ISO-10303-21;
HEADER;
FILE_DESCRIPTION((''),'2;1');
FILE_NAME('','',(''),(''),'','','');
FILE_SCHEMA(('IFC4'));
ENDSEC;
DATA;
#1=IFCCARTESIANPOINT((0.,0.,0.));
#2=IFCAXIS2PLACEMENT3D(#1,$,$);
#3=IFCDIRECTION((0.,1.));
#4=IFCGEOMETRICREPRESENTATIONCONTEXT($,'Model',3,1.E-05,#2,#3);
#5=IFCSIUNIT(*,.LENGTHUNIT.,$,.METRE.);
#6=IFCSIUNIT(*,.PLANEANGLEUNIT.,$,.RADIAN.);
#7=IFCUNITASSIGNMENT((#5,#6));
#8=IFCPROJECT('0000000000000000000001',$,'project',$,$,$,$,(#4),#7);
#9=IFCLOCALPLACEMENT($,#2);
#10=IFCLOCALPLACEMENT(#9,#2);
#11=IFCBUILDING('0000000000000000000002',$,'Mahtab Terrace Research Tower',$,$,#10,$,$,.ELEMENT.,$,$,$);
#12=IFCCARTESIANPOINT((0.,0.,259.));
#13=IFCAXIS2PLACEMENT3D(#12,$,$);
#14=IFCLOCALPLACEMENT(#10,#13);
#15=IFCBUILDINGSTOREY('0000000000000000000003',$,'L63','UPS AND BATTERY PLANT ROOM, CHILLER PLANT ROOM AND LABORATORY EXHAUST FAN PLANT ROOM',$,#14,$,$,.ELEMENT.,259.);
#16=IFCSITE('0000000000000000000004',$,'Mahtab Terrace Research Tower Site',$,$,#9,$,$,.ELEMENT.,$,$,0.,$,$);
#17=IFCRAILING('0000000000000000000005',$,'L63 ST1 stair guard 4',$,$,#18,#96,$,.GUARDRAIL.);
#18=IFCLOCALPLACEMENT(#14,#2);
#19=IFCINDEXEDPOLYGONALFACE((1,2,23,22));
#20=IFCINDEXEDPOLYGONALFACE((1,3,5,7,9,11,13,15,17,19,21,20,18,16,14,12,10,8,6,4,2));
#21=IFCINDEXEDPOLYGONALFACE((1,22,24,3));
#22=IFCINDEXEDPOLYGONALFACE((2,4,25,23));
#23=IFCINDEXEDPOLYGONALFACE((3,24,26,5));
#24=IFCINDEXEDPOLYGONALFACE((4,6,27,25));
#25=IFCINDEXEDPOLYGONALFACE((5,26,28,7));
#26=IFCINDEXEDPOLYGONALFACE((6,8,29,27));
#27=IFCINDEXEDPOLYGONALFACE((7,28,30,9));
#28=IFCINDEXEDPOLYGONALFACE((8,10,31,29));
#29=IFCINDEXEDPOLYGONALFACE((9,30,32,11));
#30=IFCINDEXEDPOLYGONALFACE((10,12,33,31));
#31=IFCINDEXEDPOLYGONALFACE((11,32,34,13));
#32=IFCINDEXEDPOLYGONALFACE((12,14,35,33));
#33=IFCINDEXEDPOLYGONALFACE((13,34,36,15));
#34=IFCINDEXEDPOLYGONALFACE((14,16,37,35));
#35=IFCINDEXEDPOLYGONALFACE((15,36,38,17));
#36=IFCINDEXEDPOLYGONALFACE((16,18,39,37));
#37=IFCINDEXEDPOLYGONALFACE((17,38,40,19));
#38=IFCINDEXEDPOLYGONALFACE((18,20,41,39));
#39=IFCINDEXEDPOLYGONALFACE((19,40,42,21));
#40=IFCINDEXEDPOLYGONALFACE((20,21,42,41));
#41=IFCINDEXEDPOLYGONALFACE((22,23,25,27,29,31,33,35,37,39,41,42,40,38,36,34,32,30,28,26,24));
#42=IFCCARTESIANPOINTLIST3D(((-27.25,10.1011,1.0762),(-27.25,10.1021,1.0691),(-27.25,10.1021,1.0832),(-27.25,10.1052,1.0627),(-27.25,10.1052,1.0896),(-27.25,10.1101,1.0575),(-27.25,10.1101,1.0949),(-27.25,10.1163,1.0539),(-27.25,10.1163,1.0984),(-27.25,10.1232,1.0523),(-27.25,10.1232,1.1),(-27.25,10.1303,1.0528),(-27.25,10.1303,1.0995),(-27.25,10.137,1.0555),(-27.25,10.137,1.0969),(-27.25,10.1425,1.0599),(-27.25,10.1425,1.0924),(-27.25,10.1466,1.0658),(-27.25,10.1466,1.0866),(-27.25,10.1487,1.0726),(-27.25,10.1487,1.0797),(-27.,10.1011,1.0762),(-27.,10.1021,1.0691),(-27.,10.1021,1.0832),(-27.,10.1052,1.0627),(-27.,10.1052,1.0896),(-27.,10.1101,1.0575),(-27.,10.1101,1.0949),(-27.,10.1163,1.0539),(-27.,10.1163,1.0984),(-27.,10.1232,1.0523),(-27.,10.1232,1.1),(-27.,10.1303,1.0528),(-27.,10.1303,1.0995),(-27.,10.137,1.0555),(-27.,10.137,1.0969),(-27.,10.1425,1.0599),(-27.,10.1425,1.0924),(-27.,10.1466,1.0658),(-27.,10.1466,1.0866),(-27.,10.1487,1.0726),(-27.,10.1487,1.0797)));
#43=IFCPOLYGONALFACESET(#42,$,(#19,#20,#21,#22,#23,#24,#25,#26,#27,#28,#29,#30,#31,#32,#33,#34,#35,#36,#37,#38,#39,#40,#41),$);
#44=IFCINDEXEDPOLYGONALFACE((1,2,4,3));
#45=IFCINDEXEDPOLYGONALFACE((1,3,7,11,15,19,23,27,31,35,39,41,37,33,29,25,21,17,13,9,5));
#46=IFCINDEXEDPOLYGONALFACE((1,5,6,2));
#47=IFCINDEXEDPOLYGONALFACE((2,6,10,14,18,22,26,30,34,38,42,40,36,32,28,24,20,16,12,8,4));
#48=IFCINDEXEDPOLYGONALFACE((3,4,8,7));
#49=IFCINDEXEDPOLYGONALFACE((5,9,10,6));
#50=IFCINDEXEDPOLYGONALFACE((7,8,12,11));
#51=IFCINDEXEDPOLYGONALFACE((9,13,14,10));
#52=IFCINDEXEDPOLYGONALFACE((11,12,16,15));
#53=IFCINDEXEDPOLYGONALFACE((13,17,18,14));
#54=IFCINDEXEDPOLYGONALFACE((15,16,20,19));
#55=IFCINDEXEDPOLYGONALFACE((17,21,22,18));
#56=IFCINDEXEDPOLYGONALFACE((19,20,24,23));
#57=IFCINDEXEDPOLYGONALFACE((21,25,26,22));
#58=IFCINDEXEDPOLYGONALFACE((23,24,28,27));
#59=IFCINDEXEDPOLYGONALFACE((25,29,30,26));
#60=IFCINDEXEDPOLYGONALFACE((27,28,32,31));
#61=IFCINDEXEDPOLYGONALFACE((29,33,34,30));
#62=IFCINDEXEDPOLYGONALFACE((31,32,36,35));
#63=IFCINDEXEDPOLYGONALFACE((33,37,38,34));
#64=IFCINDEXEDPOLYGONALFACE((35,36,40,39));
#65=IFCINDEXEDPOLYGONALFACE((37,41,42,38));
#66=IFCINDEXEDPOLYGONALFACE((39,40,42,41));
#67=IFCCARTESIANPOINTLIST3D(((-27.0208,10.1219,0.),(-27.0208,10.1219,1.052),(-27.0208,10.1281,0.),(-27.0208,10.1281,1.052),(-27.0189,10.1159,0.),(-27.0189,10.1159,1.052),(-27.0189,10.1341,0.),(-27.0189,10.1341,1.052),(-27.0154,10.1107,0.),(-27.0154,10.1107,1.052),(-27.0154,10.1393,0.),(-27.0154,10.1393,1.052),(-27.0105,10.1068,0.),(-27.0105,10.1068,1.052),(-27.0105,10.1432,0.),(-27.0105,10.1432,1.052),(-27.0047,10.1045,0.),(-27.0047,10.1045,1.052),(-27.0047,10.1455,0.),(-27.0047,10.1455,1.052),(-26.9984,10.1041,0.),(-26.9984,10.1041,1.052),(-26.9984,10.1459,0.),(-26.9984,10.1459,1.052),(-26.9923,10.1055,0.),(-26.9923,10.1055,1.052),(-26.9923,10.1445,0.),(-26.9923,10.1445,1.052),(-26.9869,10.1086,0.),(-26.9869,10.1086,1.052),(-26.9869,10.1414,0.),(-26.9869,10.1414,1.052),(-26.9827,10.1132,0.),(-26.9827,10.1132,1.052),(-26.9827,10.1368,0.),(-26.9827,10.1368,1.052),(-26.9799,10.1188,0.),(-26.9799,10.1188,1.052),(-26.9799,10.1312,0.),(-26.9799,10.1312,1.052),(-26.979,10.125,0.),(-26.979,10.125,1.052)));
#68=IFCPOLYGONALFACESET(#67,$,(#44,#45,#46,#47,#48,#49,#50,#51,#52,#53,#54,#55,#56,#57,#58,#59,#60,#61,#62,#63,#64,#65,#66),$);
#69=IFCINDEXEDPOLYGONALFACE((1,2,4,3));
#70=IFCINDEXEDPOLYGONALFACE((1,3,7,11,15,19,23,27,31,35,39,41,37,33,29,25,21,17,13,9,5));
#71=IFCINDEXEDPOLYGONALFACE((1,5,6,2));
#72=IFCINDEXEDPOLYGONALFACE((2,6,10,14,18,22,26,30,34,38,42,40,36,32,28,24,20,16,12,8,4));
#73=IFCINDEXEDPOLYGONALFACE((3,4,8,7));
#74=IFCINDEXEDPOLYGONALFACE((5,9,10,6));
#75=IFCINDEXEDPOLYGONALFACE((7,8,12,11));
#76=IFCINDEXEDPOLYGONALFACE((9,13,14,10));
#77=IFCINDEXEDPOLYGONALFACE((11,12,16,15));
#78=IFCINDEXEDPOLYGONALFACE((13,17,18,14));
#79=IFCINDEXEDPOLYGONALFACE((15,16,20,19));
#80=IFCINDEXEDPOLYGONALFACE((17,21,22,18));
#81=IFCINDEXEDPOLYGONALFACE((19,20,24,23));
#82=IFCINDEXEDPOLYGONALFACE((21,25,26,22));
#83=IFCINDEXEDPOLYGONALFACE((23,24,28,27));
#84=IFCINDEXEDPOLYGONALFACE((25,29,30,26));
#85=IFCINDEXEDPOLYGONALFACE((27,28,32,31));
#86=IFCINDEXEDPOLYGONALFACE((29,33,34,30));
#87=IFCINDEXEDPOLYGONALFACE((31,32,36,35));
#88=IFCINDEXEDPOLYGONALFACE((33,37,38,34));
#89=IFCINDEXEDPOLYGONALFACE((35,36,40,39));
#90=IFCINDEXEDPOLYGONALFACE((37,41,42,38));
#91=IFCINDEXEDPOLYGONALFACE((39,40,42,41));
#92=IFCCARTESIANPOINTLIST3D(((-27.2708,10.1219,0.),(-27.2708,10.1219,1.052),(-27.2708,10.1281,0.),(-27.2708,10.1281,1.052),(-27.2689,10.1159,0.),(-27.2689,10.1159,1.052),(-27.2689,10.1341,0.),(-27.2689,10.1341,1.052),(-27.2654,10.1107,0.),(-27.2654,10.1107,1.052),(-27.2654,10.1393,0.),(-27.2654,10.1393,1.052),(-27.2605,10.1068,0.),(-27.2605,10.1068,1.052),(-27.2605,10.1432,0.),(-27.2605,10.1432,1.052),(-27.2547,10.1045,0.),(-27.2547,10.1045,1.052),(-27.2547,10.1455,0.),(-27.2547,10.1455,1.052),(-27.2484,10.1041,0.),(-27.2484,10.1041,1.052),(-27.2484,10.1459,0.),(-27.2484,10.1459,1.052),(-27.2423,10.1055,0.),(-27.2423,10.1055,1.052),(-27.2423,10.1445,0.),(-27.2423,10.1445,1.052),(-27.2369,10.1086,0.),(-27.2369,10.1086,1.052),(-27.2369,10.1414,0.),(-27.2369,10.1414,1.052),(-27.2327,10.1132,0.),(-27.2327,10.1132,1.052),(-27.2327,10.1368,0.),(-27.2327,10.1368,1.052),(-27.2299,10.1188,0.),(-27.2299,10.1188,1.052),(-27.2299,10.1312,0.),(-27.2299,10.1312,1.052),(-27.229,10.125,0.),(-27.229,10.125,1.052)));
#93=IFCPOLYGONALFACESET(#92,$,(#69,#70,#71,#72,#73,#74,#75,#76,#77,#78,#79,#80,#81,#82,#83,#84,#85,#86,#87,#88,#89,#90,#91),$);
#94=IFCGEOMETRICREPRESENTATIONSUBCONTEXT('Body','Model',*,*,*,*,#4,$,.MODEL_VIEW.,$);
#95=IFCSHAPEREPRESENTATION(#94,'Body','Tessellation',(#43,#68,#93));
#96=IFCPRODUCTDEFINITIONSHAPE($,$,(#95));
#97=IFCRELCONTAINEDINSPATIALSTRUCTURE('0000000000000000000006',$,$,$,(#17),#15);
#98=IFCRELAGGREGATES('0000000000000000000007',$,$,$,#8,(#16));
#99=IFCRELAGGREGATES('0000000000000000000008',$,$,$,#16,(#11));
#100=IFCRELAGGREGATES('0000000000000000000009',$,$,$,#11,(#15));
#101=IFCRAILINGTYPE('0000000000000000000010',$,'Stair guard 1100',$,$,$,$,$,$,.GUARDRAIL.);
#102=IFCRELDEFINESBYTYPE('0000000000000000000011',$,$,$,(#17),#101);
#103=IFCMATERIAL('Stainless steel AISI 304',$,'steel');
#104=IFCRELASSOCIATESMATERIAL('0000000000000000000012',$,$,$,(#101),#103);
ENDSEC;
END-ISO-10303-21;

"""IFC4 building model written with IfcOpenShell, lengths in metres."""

from ifc_helpers import new_model, si_unit, direction, frame, origin, origin_2d, place, context, subcontext, project, spatial, circle, extrude, material, type_object, element, save


model = new_model("IFC4")

# Units and contexts
model_context = context("Model", 3, precision=1e-05, world=origin(), true_north=direction((0.0, 1.0)))
body_context = subcontext(model_context, "Body", "Model", "MODEL_VIEW")
ifc_project = project(units=[si_unit("LENGTHUNIT", "METRE"), si_unit("PLANEANGLEUNIT", "RADIAN")], contexts=[model_context])

# Site, building, storey
site_placement = place(None, origin())
site = spatial("IfcSite", under=ifc_project, at=site_placement, Name="Mahtab Terrace Research Tower Site", CompositionType="ELEMENT", RefElevation=0.0)
building_placement = place(site_placement, origin())
building = spatial("IfcBuilding", under=site, at=building_placement, Name="Mahtab Terrace Research Tower", CompositionType="ELEMENT")
storey_placement = place(building_placement, frame((0.0, 0.0, 259.0)))
storey = spatial("IfcBuildingStorey", under=building, at=storey_placement, Name="L63", Description="UPS AND BATTERY PLANT ROOM, CHILLER PLANT ROOM AND LABORATORY EXHAUST FAN PLANT ROOM", CompositionType="ELEMENT", Elevation=259.0)

# Railing
ifc_material_1 = material(Name="Stainless steel AISI 304", Category="steel")
railing_type_1 = type_object("IfcRailingType", Name="Stair guard 1100", PredefinedType="GUARDRAIL", material=ifc_material_1)
railing_1_placement = place(storey_placement, frame((-27.0, 10.125, 0.0)))
element("IfcRailing", 1, at=railing_1_placement, inside=storey, type_object=railing_type_1, Name="L63 ST1 stair guard 4", PredefinedType="GUARDRAIL", context=body_context, shape_type="SweptSolid", body=[
    extrude(circle(Radius=0.0239, at=origin_2d()), frame((0.0, 0.0, 1.0762), z_axis=(-1.0, 0.0, 0.0), x_axis=(0.0, -1.0, 0.0)), (0.0, 0.0, 1.0), 0.25),
    extrude(circle(Radius=0.021, at=origin_2d()), origin(), (0.0, 0.0, 1.0), 1.052),
    extrude(circle(Radius=0.021, at=origin_2d()), frame((-0.25, 0.0, 0.0)), (0.0, 0.0, 1.0), 1.052),
])

save(model, "model.ifc")
